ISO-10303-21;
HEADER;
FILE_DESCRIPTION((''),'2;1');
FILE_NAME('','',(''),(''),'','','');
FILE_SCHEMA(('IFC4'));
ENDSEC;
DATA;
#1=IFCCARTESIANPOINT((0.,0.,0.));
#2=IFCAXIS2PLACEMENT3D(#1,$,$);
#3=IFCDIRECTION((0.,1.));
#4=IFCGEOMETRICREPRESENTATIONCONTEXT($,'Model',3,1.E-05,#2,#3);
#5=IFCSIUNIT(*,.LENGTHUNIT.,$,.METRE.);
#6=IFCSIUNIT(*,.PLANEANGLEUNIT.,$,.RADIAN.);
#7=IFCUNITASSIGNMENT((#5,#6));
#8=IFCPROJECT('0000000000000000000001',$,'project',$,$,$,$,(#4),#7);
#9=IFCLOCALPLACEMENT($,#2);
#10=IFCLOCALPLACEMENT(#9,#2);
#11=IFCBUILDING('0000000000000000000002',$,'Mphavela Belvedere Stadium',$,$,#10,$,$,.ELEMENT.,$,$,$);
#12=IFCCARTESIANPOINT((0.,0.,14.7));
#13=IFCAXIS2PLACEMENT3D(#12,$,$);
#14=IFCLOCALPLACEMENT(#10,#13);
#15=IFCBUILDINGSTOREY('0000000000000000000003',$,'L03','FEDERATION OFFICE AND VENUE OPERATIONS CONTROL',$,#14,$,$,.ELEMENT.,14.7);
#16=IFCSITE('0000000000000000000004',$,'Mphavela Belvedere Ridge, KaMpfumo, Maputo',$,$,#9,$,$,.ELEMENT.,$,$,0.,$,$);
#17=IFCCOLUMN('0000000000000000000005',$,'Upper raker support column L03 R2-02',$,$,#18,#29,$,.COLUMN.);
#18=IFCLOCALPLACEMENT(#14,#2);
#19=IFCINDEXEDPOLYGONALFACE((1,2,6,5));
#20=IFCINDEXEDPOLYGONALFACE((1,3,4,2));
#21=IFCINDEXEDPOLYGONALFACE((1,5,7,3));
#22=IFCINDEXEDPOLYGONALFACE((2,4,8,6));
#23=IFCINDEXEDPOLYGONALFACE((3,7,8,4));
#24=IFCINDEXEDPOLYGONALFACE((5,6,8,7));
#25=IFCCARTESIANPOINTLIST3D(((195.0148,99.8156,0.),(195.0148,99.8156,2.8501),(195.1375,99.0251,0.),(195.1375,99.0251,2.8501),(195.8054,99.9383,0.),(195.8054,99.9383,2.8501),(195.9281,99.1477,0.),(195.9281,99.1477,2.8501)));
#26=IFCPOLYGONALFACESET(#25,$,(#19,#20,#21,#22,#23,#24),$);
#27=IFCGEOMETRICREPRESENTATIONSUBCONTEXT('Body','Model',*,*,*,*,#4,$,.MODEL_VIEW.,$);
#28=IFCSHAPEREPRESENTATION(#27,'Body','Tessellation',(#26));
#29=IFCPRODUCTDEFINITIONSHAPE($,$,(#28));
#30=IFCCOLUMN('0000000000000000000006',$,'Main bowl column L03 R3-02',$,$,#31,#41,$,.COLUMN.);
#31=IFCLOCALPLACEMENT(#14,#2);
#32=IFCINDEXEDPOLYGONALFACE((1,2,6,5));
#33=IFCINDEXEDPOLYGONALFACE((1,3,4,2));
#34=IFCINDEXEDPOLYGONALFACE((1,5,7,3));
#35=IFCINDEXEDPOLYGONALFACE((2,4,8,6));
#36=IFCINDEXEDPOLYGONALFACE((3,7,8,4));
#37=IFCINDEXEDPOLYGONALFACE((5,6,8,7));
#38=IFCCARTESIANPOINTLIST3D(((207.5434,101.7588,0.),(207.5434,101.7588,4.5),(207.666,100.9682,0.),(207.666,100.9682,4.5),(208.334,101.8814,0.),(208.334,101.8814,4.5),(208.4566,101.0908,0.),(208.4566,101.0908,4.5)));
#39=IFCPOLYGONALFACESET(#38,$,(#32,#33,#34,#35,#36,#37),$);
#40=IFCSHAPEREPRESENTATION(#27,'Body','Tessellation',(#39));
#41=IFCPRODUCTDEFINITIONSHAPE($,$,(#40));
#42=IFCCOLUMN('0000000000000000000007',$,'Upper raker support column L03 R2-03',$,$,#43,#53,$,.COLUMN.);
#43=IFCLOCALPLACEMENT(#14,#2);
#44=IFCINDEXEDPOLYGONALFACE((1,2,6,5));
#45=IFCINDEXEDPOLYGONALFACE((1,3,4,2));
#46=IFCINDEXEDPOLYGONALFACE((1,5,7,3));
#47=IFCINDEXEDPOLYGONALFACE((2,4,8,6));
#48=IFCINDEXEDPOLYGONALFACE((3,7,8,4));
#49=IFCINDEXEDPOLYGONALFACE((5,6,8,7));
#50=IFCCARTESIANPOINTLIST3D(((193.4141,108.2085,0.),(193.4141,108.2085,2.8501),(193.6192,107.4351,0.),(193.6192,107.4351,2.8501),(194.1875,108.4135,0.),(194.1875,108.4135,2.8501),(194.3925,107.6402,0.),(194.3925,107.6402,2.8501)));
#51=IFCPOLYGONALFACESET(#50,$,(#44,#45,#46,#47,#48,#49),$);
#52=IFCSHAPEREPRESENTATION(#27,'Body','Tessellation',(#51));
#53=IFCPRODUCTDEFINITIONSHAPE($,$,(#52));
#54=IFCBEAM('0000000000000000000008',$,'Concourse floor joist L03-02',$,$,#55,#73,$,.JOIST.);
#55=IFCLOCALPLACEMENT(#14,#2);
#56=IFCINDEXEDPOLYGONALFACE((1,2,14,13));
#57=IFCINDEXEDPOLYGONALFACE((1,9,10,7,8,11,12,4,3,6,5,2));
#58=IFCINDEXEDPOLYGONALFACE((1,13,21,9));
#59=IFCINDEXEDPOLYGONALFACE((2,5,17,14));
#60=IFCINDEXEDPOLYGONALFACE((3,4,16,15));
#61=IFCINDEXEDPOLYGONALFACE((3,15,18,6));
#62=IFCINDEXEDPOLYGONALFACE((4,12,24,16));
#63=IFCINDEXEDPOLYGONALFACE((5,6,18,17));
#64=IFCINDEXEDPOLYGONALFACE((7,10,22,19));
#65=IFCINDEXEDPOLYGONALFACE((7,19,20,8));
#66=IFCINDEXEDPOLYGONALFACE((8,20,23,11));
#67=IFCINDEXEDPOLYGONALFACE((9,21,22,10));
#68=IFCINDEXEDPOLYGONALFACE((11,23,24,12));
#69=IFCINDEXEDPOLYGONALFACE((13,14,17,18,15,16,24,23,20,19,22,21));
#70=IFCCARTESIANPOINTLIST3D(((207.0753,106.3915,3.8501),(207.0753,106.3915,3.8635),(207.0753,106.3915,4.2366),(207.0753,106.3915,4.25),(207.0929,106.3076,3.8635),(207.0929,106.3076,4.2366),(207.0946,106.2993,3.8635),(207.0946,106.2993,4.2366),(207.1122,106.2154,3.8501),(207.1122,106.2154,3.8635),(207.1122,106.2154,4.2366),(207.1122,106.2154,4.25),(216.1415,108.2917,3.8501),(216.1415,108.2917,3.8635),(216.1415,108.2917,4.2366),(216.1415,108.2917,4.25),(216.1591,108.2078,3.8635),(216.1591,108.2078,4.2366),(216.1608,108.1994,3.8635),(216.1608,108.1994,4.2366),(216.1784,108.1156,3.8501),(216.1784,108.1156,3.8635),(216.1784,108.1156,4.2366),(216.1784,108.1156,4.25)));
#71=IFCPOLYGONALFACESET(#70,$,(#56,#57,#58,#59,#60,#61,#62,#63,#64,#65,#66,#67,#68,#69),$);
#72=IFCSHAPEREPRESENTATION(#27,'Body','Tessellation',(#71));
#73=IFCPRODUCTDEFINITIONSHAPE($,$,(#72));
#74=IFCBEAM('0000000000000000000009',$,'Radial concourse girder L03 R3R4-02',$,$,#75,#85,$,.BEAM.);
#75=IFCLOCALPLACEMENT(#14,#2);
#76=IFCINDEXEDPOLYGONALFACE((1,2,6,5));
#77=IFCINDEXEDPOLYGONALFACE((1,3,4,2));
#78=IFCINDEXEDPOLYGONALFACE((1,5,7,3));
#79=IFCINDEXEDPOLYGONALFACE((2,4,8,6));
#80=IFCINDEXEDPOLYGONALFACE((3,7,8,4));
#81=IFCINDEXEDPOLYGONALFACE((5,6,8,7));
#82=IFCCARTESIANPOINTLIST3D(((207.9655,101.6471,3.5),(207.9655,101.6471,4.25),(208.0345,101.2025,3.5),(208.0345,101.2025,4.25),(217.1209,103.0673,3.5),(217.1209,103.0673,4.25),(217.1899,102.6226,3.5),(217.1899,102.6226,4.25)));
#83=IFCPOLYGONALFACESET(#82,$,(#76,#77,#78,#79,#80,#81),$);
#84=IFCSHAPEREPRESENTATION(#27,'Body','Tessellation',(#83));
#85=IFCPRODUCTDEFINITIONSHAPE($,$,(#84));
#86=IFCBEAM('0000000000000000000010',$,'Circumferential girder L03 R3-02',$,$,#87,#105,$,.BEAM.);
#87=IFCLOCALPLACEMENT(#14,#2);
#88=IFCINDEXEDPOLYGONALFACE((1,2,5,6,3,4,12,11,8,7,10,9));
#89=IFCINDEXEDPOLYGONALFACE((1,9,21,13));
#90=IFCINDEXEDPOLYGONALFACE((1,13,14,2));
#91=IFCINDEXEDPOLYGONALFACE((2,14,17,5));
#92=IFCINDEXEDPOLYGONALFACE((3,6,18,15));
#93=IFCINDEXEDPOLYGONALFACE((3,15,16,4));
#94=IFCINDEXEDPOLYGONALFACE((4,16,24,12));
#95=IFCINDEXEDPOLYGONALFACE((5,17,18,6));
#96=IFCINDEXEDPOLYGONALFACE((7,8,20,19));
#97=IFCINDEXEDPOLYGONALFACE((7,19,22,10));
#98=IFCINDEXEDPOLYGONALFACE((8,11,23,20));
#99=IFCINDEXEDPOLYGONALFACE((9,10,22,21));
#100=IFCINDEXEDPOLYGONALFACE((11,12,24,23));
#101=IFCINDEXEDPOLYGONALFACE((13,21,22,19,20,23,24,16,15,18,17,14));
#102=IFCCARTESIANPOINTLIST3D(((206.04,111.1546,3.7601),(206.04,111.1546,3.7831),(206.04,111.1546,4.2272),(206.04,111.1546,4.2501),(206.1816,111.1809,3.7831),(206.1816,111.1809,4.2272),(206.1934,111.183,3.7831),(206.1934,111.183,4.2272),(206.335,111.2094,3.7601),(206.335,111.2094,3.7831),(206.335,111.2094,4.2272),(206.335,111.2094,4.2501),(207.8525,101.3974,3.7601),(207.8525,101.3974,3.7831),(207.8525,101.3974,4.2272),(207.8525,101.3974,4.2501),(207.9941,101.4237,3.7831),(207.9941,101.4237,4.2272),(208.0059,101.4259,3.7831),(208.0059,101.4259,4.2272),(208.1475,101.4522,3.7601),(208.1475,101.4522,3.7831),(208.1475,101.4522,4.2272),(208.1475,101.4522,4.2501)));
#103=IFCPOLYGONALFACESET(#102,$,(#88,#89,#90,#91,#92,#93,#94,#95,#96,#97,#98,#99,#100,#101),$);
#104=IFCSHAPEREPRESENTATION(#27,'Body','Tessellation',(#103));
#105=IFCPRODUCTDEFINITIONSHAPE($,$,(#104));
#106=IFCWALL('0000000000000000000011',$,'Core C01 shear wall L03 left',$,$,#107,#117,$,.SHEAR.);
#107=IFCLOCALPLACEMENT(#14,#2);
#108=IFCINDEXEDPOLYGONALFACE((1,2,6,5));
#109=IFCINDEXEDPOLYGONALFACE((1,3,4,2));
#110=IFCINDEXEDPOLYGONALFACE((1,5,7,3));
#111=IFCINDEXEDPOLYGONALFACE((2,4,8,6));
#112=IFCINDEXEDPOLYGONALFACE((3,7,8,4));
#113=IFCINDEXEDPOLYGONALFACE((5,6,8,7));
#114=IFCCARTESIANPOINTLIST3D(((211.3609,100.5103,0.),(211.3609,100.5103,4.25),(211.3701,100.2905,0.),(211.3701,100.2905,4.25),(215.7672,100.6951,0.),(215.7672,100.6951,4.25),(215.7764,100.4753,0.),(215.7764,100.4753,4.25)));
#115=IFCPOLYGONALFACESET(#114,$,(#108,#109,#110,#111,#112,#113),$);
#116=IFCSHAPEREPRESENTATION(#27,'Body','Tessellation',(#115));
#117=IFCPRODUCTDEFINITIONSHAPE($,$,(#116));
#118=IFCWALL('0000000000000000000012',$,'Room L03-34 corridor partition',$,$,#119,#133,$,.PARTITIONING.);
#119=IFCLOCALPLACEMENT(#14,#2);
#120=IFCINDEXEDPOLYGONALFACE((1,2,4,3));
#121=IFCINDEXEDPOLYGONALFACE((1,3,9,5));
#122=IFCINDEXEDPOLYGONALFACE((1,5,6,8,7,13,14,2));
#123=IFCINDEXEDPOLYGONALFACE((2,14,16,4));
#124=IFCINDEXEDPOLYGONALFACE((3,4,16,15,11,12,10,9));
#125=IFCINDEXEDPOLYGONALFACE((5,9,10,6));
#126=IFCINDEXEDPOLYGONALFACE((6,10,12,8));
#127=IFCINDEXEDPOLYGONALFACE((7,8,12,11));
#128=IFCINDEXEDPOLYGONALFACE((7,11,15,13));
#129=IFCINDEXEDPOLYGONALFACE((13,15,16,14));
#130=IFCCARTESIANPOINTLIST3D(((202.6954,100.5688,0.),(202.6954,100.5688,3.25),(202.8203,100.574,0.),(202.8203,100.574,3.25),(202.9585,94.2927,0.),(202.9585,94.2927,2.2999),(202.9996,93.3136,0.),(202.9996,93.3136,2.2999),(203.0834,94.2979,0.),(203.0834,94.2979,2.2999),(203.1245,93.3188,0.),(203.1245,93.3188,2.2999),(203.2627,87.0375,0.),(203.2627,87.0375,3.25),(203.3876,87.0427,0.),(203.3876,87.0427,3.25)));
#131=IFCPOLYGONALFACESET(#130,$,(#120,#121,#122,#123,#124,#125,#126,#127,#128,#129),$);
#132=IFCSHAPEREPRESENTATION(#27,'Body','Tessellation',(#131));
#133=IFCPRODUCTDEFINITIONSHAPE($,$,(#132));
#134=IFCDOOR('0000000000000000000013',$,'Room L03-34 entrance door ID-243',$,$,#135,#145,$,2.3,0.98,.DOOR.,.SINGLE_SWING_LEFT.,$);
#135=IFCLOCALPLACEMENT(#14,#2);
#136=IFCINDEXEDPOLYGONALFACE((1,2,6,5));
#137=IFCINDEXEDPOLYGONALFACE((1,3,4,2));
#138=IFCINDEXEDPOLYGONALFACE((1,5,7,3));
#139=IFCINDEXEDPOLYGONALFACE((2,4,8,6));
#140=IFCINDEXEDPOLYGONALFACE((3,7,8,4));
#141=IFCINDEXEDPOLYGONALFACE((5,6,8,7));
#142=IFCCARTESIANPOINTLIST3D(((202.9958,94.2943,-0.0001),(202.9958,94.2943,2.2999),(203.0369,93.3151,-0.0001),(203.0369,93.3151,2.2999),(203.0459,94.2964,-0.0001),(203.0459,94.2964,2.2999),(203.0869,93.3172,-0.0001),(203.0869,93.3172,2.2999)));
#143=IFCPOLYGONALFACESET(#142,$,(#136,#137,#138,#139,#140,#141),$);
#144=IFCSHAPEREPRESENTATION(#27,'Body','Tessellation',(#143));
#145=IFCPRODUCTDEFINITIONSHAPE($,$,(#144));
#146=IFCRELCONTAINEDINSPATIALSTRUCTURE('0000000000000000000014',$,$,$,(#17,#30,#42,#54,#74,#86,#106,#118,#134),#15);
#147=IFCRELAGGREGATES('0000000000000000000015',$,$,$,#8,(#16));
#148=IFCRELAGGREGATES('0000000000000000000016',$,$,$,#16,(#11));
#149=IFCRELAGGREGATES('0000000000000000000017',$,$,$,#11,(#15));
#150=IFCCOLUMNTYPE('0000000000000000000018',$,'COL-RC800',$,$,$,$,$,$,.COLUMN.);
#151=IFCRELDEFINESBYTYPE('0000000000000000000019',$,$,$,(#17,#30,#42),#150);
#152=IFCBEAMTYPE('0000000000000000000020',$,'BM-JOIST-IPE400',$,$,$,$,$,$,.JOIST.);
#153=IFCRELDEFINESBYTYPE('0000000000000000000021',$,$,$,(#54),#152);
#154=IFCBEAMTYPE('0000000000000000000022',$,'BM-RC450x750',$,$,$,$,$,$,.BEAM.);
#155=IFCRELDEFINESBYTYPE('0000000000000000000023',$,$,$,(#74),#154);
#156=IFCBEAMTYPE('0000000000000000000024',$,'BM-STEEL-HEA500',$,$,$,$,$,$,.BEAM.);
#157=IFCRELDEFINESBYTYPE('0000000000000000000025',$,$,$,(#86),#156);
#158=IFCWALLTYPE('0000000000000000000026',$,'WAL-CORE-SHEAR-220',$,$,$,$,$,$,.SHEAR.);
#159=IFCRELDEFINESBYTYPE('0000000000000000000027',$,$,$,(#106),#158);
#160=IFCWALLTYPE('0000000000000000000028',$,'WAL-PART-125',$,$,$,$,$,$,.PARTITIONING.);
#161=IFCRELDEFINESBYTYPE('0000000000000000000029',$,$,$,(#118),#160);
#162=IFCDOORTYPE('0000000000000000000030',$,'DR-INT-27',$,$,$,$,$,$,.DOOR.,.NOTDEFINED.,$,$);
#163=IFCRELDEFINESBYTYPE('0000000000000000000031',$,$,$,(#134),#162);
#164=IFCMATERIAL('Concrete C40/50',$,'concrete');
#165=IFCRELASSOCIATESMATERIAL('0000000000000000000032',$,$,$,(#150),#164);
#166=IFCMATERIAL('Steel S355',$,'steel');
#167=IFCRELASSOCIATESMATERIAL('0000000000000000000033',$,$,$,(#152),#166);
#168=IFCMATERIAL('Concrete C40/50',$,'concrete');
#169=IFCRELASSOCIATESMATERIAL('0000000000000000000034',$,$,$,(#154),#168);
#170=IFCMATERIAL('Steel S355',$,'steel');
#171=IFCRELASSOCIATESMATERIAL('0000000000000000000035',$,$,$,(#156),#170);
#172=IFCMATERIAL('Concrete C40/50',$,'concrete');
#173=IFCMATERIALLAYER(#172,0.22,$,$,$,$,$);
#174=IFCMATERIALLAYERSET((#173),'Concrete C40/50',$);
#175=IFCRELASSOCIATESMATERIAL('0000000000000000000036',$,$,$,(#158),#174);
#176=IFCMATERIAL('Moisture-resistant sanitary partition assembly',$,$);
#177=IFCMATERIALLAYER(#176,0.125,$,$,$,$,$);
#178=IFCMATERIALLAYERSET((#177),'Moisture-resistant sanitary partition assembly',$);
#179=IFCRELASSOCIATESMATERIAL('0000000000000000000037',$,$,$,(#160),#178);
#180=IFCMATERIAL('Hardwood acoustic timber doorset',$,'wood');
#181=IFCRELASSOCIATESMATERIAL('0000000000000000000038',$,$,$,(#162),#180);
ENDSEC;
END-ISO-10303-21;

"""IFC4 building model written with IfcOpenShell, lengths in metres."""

from ifc_helpers import new_model, si_unit, direction, frame, frame_2d, origin, origin_2d, place, context, subcontext, project, spatial, rectangle, i_section, extrude, material, layer, layer_set, material_profile, profile_set, type_object, element, fill, save


model = new_model("IFC4")

# Units and contexts
model_context = context("Model", 3, precision=1e-05, world=origin(), true_north=direction((0.0, 1.0)))
body_context = subcontext(model_context, "Body", "Model", "MODEL_VIEW")
ifc_project = project(units=[si_unit("LENGTHUNIT", "METRE"), si_unit("PLANEANGLEUNIT", "RADIAN")], contexts=[model_context])

# Site, building, storey
site_placement = place(None, origin())
site = spatial("IfcSite", under=ifc_project, at=site_placement, Name="Mphavela Belvedere Ridge, KaMpfumo, Maputo", CompositionType="ELEMENT", RefElevation=0.0)
building_placement = place(site_placement, origin())
building = spatial("IfcBuilding", under=site, at=building_placement, Name="Mphavela Belvedere Stadium", CompositionType="ELEMENT")
storey_placement = place(building_placement, frame((0.0, 0.0, 14.7)))
storey = spatial("IfcBuildingStorey", under=building, at=storey_placement, Name="L03", Description="FEDERATION OFFICE AND VENUE OPERATIONS CONTROL", CompositionType="ELEMENT", Elevation=14.7)

# Columns
ifc_material_1 = material(Name="Concrete C40/50", Category="concrete")
ifc_material_profile_1 = material_profile(ifc_material_1, rectangle(XDim=0.8, YDim=0.8, at=origin_2d()), Name="RC 800x800")
ifc_profile_set_1 = profile_set([ifc_material_profile_1], Name="Concrete C40/50")
column_type = type_object("IfcColumnType", Name="COL-RC800", PredefinedType="COLUMN", material=ifc_profile_set_1)
column_1_placement = place(storey_placement, frame((195.4714, 99.4817, 0.0), z_axis=(0.0, 0.0, 1.0), x_axis=(0.988175, 0.153331, 0.0)))
element("IfcColumn", 1, at=column_1_placement, inside=storey, type_object=column_type, Name="Upper raker support column L03 R2-02", PredefinedType="COLUMN", context=body_context, shape_type="SweptSolid", body=[
    extrude(rectangle(XDim=0.8, YDim=0.8, at=origin_2d()), origin(), (0.0, 0.0, 1.0), 2.8501),
])
column_2_placement = place(storey_placement, frame((208.0, 101.4248, 0.0), z_axis=(0.0, 0.0, 1.0), x_axis=(0.988175, 0.153331, 0.0)))
element("IfcColumn", 2, at=column_2_placement, inside=storey, type_object=column_type, Name="Main bowl column L03 R3-02", PredefinedType="COLUMN", context=body_context, shape_type="SweptSolid", body=[
    extrude(rectangle(XDim=0.8, YDim=0.8, at=origin_2d()), origin(), (0.0, 0.0, 1.0), 4.5),
])
column_3_placement = place(storey_placement, frame((193.9033, 107.9243, 0.0), z_axis=(0.0, 0.0, 1.0), x_axis=(0.9666, 0.256289, 0.0)))
element("IfcColumn", 3, at=column_3_placement, inside=storey, type_object=column_type, Name="Upper raker support column L03 R2-03", PredefinedType="COLUMN", context=body_context, shape_type="SweptSolid", body=[
    extrude(rectangle(XDim=0.8, YDim=0.8, at=origin_2d()), origin(), (0.0, 0.0, 1.0), 2.8501),
])

# Beams
ifc_material_2 = material(Name="Steel S355", Category="steel")
ifc_material_profile_2 = material_profile(ifc_material_2, i_section(OverallWidth=0.1799, OverallDepth=0.3999, WebThickness=0.0085, FlangeThickness=0.0134, at=origin_2d()), Name="IPE 400")
ifc_profile_set_2 = profile_set([ifc_material_profile_2], Name="Steel S355")
beam_type_1 = type_object("IfcBeamType", Name="BM-JOIST-IPE400", PredefinedType="JOIST", material=ifc_profile_set_2)
beam_1_placement = place(storey_placement, frame((207.0938, 106.3035, 4.05), z_axis=(0.978735, 0.20513, 0.0), x_axis=(-0.20513, 0.978735, 0.0)))
element("IfcBeam", 4, at=beam_1_placement, inside=storey, type_object=beam_type_1, Name="Concourse floor joist L03-02", PredefinedType="JOIST", context=body_context, shape_type="SweptSolid", body=[
    extrude(i_section(OverallWidth=0.1799, OverallDepth=0.3999, WebThickness=0.0085, FlangeThickness=0.0134, at=origin_2d()), origin(), (0.0, 0.0, 1.0), 9.2632),
])
ifc_material_3 = material(Name="Concrete C40/50", Category="concrete")
ifc_material_profile_3 = material_profile(ifc_material_3, rectangle(XDim=0.45, YDim=0.75, at=origin_2d()), Name="RC 450x750")
ifc_profile_set_3 = profile_set([ifc_material_profile_3], Name="Concrete C40/50")
beam_type_2 = type_object("IfcBeamType", Name="BM-RC450x750", PredefinedType="BEAM", material=ifc_profile_set_3)
beam_2_placement = place(storey_placement, frame((208.0, 101.4248, 3.875), z_axis=(0.988182, 0.153283, 0.0), x_axis=(-0.153283, 0.988182, 0.0)))
element("IfcBeam", 5, at=beam_2_placement, inside=storey, type_object=beam_type_2, Name="Radial concourse girder L03 R3R4-02", PredefinedType="BEAM", context=body_context, shape_type="SweptSolid", body=[
    extrude(rectangle(XDim=0.45, YDim=0.75, at=origin_2d()), origin(), (0.0, 0.0, 1.0), 9.2649),
])
ifc_material_4 = material(Name="Steel S355", Category="steel")
ifc_material_profile_4 = material_profile(ifc_material_4, i_section(OverallWidth=0.3, OverallDepth=0.49, WebThickness=0.012, FlangeThickness=0.0229, at=origin_2d()), Name="HEA 500")
ifc_profile_set_4 = profile_set([ifc_material_profile_4], Name="Steel S355")
beam_type_3 = type_object("IfcBeamType", Name="BM-STEEL-HEA500", PredefinedType="BEAM", material=ifc_profile_set_4)
beam_3_placement = place(storey_placement, frame((208.0, 101.4248, 4.0051), z_axis=(-0.182638, 0.98318, 0.0), x_axis=(-0.98318, -0.182638, 0.0)))
element("IfcBeam", 6, at=beam_3_placement, inside=storey, type_object=beam_type_3, Name="Circumferential girder L03 R3-02", PredefinedType="BEAM", context=body_context, shape_type="SweptSolid", body=[
    extrude(i_section(OverallWidth=0.3, OverallDepth=0.49, WebThickness=0.012, FlangeThickness=0.0229, at=origin_2d()), origin(), (0.0, 0.0, 1.0), 9.9241),
])

# Wall
ifc_material_5 = material(Name="Concrete C40/50", Category="concrete")
ifc_layer_1 = layer(ifc_material_5, 0.22)
ifc_layer_set_1 = layer_set([ifc_layer_1], Name="Concrete C40/50")
wall_type_1 = type_object("IfcWallType", Name="WAL-CORE-SHEAR-220", PredefinedType="SHEAR", material=ifc_layer_set_1)
wall_1_placement = place(storey_placement, frame((211.3655, 100.4004, 0.0), z_axis=(0.0, 0.0, 1.0), x_axis=(0.999122, 0.041907, 0.0)))
element("IfcWall", 7, at=wall_1_placement, inside=storey, type_object=wall_type_1, Name="Core C01 shear wall L03 left", PredefinedType="SHEAR", context=body_context, shape_type="SweptSolid", body=[
    extrude(rectangle(XDim=4.4102, YDim=0.22, at=frame_2d((2.2051, 0.0))), origin(), (0.0, 0.0, 1.0), 4.25),
])

# Wall, opening, door
ifc_material_6 = material(Name="Moisture-resistant sanitary partition assembly")
ifc_layer_2 = layer(ifc_material_6, 0.125)
ifc_layer_set_2 = layer_set([ifc_layer_2], Name="Moisture-resistant sanitary partition assembly")
wall_type_2 = type_object("IfcWallType", Name="WAL-PART-125", PredefinedType="PARTITIONING", material=ifc_layer_set_2)
wall_2_placement = place(storey_placement, frame((202.7578, 100.5713, 0.0), z_axis=(0.0, 0.0, 1.0), x_axis=(0.041894, -0.999122, 0.0)))
wall_2 = element("IfcWall", 8, at=wall_2_placement, inside=storey, type_object=wall_type_2, Name="Room L03-34 corridor partition", PredefinedType="PARTITIONING", context=body_context, shape_type="SweptSolid", body=[
    extrude(rectangle(XDim=13.5432, YDim=0.125, at=frame_2d((6.7715, 0.0))), origin(), (0.0, 0.0, 1.0), 3.25),
])
opening_1_placement = place(wall_2_placement, frame((6.2815, 0.0, 0.0)))
opening_1 = element("IfcOpeningElement", 9, at=opening_1_placement, cuts=wall_2, PredefinedType="OPENING", context=body_context, shape_type="SweptSolid", body=[
    extrude(rectangle(XDim=0.98, YDim=2.3, at=frame_2d((0.49, 1.1499))), frame((0.0, 0.0725, 0.0), z_axis=(0.0, -1.0, 0.0), x_axis=(1.0, 0.0, 0.0)), (0.0, 0.0, 1.0), 0.145),
])
ifc_material_7 = material(Name="Hardwood acoustic timber doorset", Category="wood")
door_type_1 = type_object("IfcDoorType", Name="DR-INT-27", OperationType="NOTDEFINED", PredefinedType="DOOR", material=ifc_material_7)
door_1_placement = place(opening_1_placement, origin())
door_1 = element("IfcDoor", 10, at=door_1_placement, inside=storey, type_object=door_type_1, Name="Room L03-34 entrance door ID-243", OperationType="SINGLE_SWING_LEFT", OverallHeight=2.3, OverallWidth=0.98, PredefinedType="DOOR", context=body_context, shape_type="SweptSolid", body=[
    extrude(rectangle(XDim=0.98, YDim=2.3, at=frame_2d((0.49, 1.1499))), frame((0.0, 0.0249, 0.0), z_axis=(0.0, -1.0, 0.0), x_axis=(1.0, 0.0, 0.0)), (0.0, 0.0, 1.0), 0.05),
])
fill(opening_1, door_1)

save(model, "model.ifc")
